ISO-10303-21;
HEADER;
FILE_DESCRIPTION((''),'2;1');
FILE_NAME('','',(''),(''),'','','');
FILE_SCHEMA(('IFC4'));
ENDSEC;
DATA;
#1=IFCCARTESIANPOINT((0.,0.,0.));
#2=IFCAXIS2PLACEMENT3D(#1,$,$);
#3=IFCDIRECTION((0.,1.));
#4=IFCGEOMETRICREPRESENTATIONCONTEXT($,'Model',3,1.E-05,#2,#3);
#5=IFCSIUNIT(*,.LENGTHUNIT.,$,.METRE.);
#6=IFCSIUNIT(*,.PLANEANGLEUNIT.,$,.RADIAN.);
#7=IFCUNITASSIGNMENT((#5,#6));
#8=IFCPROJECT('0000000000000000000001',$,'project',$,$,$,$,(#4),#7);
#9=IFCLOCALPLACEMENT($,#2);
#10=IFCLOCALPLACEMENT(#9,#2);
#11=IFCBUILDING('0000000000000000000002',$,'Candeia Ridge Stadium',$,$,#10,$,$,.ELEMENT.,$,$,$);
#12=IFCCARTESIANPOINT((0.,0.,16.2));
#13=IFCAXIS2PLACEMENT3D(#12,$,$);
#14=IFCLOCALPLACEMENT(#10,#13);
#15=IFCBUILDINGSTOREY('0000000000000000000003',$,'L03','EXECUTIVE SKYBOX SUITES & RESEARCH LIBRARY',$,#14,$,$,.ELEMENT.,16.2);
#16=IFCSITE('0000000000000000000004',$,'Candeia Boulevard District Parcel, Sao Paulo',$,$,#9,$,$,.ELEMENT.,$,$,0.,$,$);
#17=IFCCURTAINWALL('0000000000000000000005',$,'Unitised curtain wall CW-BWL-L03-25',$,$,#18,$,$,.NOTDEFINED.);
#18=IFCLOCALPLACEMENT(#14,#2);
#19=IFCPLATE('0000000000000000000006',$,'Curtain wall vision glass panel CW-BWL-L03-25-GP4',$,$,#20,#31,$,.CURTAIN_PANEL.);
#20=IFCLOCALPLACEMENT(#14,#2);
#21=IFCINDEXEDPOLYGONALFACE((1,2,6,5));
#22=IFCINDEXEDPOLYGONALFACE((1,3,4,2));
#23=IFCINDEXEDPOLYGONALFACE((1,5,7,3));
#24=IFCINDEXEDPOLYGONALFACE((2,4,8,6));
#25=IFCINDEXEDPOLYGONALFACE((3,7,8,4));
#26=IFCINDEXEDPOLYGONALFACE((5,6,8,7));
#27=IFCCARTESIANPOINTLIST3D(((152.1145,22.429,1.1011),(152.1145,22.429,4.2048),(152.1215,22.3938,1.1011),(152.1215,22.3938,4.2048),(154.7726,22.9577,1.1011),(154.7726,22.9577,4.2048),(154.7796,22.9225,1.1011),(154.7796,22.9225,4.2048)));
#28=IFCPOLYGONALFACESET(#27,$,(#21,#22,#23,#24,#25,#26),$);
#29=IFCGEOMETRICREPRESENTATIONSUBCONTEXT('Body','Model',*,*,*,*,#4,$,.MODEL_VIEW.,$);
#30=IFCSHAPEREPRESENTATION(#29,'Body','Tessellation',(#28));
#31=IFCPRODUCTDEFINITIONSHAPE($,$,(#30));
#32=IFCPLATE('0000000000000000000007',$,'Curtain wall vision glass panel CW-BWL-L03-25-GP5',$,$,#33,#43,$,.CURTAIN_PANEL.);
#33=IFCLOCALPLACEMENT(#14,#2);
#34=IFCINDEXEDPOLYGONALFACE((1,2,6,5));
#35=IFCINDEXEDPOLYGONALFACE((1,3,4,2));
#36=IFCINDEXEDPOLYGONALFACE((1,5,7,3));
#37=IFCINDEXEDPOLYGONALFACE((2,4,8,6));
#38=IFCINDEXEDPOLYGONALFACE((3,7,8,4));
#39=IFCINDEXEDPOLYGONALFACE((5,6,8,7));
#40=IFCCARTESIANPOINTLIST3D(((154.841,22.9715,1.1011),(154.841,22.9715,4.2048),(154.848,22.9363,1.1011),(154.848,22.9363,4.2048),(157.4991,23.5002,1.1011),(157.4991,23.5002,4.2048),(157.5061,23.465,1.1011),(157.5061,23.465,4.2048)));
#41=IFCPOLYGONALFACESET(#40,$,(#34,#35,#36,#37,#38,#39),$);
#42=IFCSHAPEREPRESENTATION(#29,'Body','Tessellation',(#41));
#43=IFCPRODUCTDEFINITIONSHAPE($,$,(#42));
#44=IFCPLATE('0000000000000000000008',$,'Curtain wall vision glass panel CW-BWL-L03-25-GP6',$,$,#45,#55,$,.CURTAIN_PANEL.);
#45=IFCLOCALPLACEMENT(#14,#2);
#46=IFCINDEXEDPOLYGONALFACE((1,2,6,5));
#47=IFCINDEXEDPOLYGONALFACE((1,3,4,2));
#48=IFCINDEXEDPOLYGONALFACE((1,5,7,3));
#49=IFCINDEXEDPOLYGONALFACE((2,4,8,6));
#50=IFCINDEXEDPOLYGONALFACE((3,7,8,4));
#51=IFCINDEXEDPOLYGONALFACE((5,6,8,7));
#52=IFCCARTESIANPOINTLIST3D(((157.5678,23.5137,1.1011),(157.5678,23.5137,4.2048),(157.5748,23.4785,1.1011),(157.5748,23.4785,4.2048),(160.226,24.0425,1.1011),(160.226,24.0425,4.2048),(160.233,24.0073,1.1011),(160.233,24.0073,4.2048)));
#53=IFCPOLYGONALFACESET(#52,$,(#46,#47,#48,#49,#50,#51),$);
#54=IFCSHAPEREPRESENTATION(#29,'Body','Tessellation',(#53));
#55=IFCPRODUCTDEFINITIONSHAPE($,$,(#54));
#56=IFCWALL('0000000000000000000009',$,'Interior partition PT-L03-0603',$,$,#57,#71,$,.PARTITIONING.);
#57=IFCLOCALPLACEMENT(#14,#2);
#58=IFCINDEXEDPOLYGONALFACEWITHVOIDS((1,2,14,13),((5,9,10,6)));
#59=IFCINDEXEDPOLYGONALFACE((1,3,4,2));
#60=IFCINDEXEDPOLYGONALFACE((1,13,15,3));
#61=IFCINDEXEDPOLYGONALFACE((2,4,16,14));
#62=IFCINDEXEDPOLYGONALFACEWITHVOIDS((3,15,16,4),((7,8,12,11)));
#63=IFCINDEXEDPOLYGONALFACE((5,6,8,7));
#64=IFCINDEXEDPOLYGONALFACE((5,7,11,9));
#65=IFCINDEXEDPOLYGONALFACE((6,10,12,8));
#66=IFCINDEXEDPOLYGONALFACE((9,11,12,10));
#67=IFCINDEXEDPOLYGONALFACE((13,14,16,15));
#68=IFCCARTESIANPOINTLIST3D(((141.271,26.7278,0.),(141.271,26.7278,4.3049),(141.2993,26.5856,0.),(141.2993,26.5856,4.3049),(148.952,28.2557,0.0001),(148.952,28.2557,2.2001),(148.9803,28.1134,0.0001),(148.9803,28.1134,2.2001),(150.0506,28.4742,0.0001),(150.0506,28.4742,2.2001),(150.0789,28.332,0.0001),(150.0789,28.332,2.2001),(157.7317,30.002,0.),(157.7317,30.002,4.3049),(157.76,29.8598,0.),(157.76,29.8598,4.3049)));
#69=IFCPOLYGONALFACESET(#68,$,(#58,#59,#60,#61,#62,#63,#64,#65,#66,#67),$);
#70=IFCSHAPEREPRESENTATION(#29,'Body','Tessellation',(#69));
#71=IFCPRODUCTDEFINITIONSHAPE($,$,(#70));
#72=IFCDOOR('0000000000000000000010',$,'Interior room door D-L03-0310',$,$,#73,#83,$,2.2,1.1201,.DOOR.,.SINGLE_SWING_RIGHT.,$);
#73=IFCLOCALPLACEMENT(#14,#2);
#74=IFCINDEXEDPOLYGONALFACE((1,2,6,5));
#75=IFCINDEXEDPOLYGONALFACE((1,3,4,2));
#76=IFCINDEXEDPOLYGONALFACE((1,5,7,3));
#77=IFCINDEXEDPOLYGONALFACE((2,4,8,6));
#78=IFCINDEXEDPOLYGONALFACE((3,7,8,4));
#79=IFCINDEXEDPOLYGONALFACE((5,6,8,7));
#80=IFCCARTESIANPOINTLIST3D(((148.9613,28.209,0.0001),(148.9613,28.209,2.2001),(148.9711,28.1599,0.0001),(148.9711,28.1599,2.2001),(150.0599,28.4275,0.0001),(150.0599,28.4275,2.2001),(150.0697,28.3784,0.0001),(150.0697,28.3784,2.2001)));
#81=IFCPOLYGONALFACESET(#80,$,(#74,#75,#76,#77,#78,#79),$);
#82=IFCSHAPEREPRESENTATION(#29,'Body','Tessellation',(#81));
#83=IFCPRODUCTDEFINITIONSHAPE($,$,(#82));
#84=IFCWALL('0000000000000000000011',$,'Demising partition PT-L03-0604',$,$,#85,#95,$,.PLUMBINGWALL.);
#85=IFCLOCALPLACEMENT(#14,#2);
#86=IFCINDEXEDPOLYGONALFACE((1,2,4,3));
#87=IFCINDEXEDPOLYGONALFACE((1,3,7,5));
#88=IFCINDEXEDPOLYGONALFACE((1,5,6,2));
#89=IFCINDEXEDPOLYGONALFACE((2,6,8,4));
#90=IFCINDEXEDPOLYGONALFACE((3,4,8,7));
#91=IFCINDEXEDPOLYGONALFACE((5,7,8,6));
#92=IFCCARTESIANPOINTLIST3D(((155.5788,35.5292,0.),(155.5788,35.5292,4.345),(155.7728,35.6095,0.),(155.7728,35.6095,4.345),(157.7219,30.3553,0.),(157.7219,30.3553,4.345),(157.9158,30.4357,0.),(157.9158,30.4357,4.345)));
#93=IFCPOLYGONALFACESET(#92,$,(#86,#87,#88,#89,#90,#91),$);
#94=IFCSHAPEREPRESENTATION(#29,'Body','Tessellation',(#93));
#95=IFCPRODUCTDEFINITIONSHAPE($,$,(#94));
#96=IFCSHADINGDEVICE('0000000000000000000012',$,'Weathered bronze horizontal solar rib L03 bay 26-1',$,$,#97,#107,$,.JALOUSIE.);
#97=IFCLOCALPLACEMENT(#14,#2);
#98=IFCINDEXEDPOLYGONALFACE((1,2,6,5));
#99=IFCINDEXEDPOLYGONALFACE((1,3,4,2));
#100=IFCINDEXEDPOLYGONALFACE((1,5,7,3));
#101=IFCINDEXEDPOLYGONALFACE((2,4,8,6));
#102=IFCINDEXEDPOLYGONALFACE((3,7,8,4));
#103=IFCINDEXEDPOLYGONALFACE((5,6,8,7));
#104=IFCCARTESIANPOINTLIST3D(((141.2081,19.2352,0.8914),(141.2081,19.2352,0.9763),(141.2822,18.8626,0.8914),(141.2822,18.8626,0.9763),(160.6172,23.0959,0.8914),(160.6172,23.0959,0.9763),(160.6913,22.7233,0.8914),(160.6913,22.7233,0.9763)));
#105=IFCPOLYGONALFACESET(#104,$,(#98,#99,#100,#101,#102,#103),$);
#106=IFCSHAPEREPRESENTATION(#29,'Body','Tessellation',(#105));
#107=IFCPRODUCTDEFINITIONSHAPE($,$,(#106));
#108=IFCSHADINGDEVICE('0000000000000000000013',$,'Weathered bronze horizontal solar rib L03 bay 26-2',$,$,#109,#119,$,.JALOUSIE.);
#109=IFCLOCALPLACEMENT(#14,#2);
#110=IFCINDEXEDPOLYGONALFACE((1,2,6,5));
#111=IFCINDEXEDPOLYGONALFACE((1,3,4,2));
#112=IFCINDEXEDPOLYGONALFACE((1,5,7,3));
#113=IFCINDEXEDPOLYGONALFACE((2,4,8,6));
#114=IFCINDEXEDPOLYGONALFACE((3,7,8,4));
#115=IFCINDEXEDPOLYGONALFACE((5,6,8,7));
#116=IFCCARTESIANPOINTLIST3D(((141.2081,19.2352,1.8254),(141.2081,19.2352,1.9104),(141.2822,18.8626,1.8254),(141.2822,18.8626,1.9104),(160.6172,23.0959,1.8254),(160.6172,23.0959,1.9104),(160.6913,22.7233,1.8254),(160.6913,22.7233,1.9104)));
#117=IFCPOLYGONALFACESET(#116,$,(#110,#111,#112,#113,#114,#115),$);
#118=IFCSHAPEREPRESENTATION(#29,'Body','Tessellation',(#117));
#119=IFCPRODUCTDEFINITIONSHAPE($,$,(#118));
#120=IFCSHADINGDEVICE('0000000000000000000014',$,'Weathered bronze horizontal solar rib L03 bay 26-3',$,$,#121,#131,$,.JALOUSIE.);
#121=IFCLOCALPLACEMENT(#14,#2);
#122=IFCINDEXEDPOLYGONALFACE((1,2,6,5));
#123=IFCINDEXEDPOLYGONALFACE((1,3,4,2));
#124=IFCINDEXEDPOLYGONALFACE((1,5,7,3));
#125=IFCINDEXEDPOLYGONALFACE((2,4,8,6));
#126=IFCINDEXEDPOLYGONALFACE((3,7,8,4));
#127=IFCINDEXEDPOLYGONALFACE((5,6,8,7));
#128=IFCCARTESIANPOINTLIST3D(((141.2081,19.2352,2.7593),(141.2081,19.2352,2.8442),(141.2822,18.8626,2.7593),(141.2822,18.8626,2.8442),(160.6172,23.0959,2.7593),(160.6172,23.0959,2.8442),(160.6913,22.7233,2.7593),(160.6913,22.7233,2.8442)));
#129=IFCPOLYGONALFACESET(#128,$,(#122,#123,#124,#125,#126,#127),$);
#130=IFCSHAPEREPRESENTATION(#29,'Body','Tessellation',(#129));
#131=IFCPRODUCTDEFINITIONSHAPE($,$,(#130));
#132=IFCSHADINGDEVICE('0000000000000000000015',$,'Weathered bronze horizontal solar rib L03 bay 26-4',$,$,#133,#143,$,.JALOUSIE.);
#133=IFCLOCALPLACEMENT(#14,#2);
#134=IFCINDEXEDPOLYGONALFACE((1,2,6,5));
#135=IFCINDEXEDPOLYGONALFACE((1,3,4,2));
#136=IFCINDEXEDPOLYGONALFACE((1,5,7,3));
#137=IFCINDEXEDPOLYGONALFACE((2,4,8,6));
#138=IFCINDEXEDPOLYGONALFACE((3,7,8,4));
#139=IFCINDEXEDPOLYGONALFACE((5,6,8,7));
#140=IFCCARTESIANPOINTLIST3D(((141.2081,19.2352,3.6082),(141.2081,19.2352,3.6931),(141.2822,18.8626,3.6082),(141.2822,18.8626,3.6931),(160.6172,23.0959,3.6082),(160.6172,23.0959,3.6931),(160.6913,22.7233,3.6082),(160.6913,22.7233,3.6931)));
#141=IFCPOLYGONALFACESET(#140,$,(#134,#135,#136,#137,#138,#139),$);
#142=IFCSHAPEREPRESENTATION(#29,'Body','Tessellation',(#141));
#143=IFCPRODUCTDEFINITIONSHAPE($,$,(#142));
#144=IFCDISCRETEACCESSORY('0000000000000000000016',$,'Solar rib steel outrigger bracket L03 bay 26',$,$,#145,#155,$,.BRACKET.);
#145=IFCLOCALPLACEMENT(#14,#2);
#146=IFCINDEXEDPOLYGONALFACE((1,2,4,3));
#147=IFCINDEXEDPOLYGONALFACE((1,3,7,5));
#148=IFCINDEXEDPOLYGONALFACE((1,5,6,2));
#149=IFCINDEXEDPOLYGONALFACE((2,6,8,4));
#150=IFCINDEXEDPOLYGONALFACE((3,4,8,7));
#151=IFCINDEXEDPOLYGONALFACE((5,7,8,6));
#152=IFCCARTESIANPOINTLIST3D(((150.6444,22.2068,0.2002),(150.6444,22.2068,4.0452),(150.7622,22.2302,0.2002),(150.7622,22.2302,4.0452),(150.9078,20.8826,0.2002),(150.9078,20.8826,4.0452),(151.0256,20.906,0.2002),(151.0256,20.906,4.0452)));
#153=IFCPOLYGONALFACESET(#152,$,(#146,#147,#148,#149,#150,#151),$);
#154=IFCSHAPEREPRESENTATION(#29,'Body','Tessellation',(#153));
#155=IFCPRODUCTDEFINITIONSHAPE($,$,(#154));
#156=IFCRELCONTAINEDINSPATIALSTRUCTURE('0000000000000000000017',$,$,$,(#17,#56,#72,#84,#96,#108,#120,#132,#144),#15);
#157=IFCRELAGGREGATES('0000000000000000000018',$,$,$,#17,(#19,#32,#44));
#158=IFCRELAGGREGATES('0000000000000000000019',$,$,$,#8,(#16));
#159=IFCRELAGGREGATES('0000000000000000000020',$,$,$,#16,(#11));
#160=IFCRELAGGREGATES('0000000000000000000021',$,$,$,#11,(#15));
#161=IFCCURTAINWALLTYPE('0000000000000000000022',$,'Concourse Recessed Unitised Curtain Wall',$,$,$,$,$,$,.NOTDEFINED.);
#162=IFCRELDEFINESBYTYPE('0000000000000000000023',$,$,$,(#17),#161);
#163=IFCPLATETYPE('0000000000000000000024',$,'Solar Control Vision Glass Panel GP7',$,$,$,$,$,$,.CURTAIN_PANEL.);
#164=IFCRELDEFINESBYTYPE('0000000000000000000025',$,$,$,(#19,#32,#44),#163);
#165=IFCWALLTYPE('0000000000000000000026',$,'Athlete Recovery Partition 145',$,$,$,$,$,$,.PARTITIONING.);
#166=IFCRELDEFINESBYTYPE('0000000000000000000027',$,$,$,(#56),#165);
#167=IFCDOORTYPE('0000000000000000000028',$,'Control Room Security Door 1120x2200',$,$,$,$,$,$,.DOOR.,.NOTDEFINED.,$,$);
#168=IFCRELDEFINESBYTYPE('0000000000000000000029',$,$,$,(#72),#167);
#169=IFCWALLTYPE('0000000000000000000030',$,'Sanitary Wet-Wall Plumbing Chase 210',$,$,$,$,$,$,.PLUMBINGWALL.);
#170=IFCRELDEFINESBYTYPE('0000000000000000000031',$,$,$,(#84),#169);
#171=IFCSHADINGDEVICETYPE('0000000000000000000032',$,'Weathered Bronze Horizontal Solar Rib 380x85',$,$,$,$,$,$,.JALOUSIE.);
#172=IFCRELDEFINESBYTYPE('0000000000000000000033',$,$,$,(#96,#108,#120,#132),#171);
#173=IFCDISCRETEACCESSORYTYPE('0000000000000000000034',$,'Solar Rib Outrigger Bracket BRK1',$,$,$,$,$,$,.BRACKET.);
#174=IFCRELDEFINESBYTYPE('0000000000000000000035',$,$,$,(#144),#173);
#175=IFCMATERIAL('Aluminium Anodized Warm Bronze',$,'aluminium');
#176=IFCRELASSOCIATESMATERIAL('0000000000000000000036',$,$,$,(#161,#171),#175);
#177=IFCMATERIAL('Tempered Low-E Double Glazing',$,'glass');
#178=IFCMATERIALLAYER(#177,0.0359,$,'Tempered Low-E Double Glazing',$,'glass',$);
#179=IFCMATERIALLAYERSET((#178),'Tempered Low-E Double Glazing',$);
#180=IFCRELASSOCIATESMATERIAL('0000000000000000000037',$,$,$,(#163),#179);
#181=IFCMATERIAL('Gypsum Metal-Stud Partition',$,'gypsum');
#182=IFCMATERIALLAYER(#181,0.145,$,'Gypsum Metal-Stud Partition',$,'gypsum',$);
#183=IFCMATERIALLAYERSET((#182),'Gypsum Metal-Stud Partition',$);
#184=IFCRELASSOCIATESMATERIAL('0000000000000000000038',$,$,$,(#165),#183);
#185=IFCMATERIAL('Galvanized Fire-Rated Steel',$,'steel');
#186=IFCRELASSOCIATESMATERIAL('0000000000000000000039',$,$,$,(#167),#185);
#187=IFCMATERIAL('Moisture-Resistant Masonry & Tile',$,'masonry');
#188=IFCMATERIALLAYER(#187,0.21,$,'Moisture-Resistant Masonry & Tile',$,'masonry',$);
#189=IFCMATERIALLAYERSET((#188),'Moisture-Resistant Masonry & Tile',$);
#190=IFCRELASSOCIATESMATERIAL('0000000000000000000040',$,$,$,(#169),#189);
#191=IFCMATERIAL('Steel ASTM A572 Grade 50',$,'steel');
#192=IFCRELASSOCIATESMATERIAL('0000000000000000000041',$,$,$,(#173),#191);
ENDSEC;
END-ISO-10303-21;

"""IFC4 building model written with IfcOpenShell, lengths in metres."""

from ifc_helpers import new_model, si_unit, direction, frame, frame_2d, origin, origin_2d, place, context, subcontext, project, spatial, rectangle, extrude, material, layer, layer_set, type_object, element, fill, aggregate, save


model = new_model("IFC4")

# Units and contexts
model_context = context("Model", 3, precision=1e-05, world=origin(), true_north=direction((0.0, 1.0)))
body_context = subcontext(model_context, "Body", "Model", "MODEL_VIEW")
ifc_project = project(units=[si_unit("LENGTHUNIT", "METRE"), si_unit("PLANEANGLEUNIT", "RADIAN")], contexts=[model_context])

# Site, building, storey
site_placement = place(None, origin())
site = spatial("IfcSite", under=ifc_project, at=site_placement, Name="Candeia Boulevard District Parcel, Sao Paulo", CompositionType="ELEMENT", RefElevation=0.0)
building_placement = place(site_placement, origin())
building = spatial("IfcBuilding", under=site, at=building_placement, Name="Candeia Ridge Stadium", CompositionType="ELEMENT")
storey_placement = place(building_placement, frame((0.0, 0.0, 16.2)))
storey = spatial("IfcBuildingStorey", under=building, at=storey_placement, Name="L03", Description="EXECUTIVE SKYBOX SUITES & RESEARCH LIBRARY", CompositionType="ELEMENT", Elevation=16.2)

# Curtain wall
ifc_material_1 = material(Name="Aluminium Anodized Warm Bronze", Category="aluminium")
curtain_wall_type = type_object("IfcCurtainWallType", Name="Concourse Recessed Unitised Curtain Wall", PredefinedType="NOTDEFINED", material=ifc_material_1)
curtain_wall_placement = place(storey_placement, origin())
curtain_wall = element("IfcCurtainWall", 1, at=curtain_wall_placement, inside=storey, type_object=curtain_wall_type, Name="Unitised curtain wall CW-BWL-L03-25", PredefinedType="NOTDEFINED")

# Plates
ifc_material_2 = material(Name="Tempered Low-E Double Glazing", Category="glass")
ifc_layer_1 = layer(ifc_material_2, 0.0359, Name="Tempered Low-E Double Glazing", Category="glass")
ifc_layer_set_1 = layer_set([ifc_layer_1], Name="Tempered Low-E Double Glazing")
plate_type_1 = type_object("IfcPlateType", Name="Solar Control Vision Glass Panel GP7", PredefinedType="CURTAIN_PANEL", material=ifc_layer_set_1)
plate_1_placement = place(storey_placement, frame((153.447, 22.6758, 1.1011), z_axis=(0.0, 0.0, 1.0), x_axis=(0.980785, 0.19509, 0.0)))
plate_1 = element("IfcPlate", 2, at=plate_1_placement, type_object=plate_type_1, Name="Curtain wall vision glass panel CW-BWL-L03-25-GP4", PredefinedType="CURTAIN_PANEL", context=body_context, shape_type="SweptSolid", body=[
    extrude(rectangle(XDim=2.7102, YDim=0.0359, at=origin_2d()), origin(), (0.0, 0.0, 1.0), 3.1038),
])
plate_2_placement = place(storey_placement, frame((156.1736, 23.2183, 1.1011), z_axis=(0.0, 0.0, 1.0), x_axis=(0.980785, 0.19509, 0.0)))
plate_2 = element("IfcPlate", 3, at=plate_2_placement, type_object=plate_type_1, Name="Curtain wall vision glass panel CW-BWL-L03-25-GP5", PredefinedType="CURTAIN_PANEL", context=body_context, shape_type="SweptSolid", body=[
    extrude(rectangle(XDim=2.7102, YDim=0.0359, at=origin_2d()), origin(), (0.0, 0.0, 1.0), 3.1038),
])
plate_3_placement = place(storey_placement, frame((158.9004, 23.7605, 1.1011), z_axis=(0.0, 0.0, 1.0), x_axis=(0.980785, 0.19509, 0.0)))
plate_3 = element("IfcPlate", 4, at=plate_3_placement, type_object=plate_type_1, Name="Curtain wall vision glass panel CW-BWL-L03-25-GP6", PredefinedType="CURTAIN_PANEL", context=body_context, shape_type="SweptSolid", body=[
    extrude(rectangle(XDim=2.7102, YDim=0.0359, at=origin_2d()), origin(), (0.0, 0.0, 1.0), 3.1038),
])
aggregate(curtain_wall, [plate_1, plate_2, plate_3])

# Wall, opening, door
ifc_material_3 = material(Name="Gypsum Metal-Stud Partition", Category="gypsum")
ifc_layer_2 = layer(ifc_material_3, 0.145, Name="Gypsum Metal-Stud Partition", Category="gypsum")
ifc_layer_set_2 = layer_set([ifc_layer_2], Name="Gypsum Metal-Stud Partition")
wall_type_1 = type_object("IfcWallType", Name="Athlete Recovery Partition 145", PredefinedType="PARTITIONING", material=ifc_layer_set_2)
wall_1_placement = place(storey_placement, frame((157.7458, 29.9309, 0.0), z_axis=(0.0, 0.0, 1.0), x_axis=(-0.980786, -0.195087, 0.0)))
wall_1 = element("IfcWall", 5, at=wall_1_placement, inside=storey, type_object=wall_type_1, Name="Interior partition PT-L03-0603", PredefinedType="PARTITIONING", context=body_context, shape_type="SweptSolid", body=[
    extrude(rectangle(XDim=16.7832, YDim=0.145, at=frame_2d((8.3916, 0.0))), origin(), (0.0, 0.0, 1.0), 4.3049),
])
opening_placement = place(wall_1_placement, frame((7.8315, 0.0, 0.0)))
opening = element("IfcOpeningElement", 6, at=opening_placement, cuts=wall_1, PredefinedType="OPENING", context=body_context, shape_type="SweptSolid", body=[
    extrude(rectangle(XDim=1.1201, YDim=2.2, at=frame_2d((0.5601, 1.1001))), frame((0.0, 0.0825, 0.0), z_axis=(0.0, -1.0, 0.0), x_axis=(1.0, 0.0, 0.0)), (0.0, 0.0, 1.0), 0.165),
])
ifc_material_4 = material(Name="Galvanized Fire-Rated Steel", Category="steel")
door_type = type_object("IfcDoorType", Name="Control Room Security Door 1120x2200", OperationType="NOTDEFINED", PredefinedType="DOOR", material=ifc_material_4)
door_placement = place(opening_placement, frame((1.1201, 0.0, 0.0), z_axis=(0.0, 0.0, 1.0), x_axis=(-1.0, 0.0, 0.0)))
door = element("IfcDoor", 7, at=door_placement, inside=storey, type_object=door_type, Name="Interior room door D-L03-0310", OperationType="SINGLE_SWING_RIGHT", OverallHeight=2.2, OverallWidth=1.1201, PredefinedType="DOOR", context=body_context, shape_type="SweptSolid", body=[
    extrude(rectangle(XDim=1.1201, YDim=2.2, at=frame_2d((0.5601, 1.1001))), frame((0.0, 0.0249, 0.0), z_axis=(0.0, -1.0, 0.0), x_axis=(1.0, 0.0, 0.0)), (0.0, 0.0, 1.0), 0.05),
])
fill(opening, door)

# Wall
ifc_material_5 = material(Name="Moisture-Resistant Masonry & Tile", Category="masonry")
ifc_layer_3 = layer(ifc_material_5, 0.21, Name="Moisture-Resistant Masonry & Tile", Category="masonry")
ifc_layer_set_3 = layer_set([ifc_layer_3], Name="Moisture-Resistant Masonry & Tile")
wall_type_2 = type_object("IfcWallType", Name="Sanitary Wet-Wall Plumbing Chase 210", PredefinedType="PLUMBINGWALL", material=ifc_layer_set_3)
wall_2_placement = place(storey_placement, frame((155.6758, 35.5693, 0.0), z_axis=(0.0, 0.0, 1.0), x_axis=(0.382683, -0.92388, 0.0)))
element("IfcWall", 8, at=wall_2_placement, inside=storey, type_object=wall_type_2, Name="Demising partition PT-L03-0604", PredefinedType="PLUMBINGWALL", context=body_context, shape_type="SweptSolid", body=[
    extrude(rectangle(XDim=5.6001, YDim=0.21, at=frame_2d((2.8, 0.0))), origin(), (0.0, 0.0, 1.0), 4.345),
])

# Shading devices
shading_device_type = type_object("IfcShadingDeviceType", Name="Weathered Bronze Horizontal Solar Rib 380x85", PredefinedType="JALOUSIE", material=ifc_material_1)
for number, where, z_axis, x_axis, name in (
    (9, (150.9497, 20.9792, 0.8914), (0.0, 0.0, 1.0), (0.980785, 0.19509, 0.0), "Weathered bronze horizontal solar rib L03 bay 26-1"),
    (10, (150.9497, 20.9792, 1.8254), (0.0, 0.0, 1.0), (0.980785, 0.19509, 0.0), "Weathered bronze horizontal solar rib L03 bay 26-2"),
    (11, (150.9497, 20.9792, 2.7593), (0.0, 0.0, 1.0), (0.980785, 0.19509, 0.0), "Weathered bronze horizontal solar rib L03 bay 26-3"),
    (12, (150.9497, 20.9792, 3.6082), (0.0, 0.0, 1.0), (0.980785, 0.19509, 0.0), "Weathered bronze horizontal solar rib L03 bay 26-4"),
):
    element("IfcShadingDevice", number, at=place(storey_placement, frame(where, z_axis=z_axis, x_axis=x_axis)), inside=storey, type_object=shading_device_type, Name=name, PredefinedType="JALOUSIE", context=body_context, shape_type="SweptSolid", body=[
        extrude(rectangle(XDim=19.7893, YDim=0.3799, at=origin_2d()), origin(), (0.0, 0.0, 1.0), 0.085),
    ])

# Discrete accessory
ifc_material_6 = material(Name="Steel ASTM A572 Grade 50", Category="steel")
discrete_accessory_type = type_object("IfcDiscreteAccessoryType", Name="Solar Rib Outrigger Bracket BRK1", PredefinedType="BRACKET", material=ifc_material_6)
discrete_accessory_placement = place(storey_placement, frame((150.835, 21.5564, 0.2002), z_axis=(0.0, 0.0, 1.0), x_axis=(0.19509, -0.980785, 0.0)))
element("IfcDiscreteAccessory", 13, at=discrete_accessory_placement, inside=storey, type_object=discrete_accessory_type, Name="Solar rib steel outrigger bracket L03 bay 26", PredefinedType="BRACKET", context=body_context, shape_type="SweptSolid", body=[
    extrude(rectangle(XDim=1.3501, YDim=0.1201, at=origin_2d()), origin(), (0.0, 0.0, 1.0), 3.845),
])

save(model, "model.ifc")
